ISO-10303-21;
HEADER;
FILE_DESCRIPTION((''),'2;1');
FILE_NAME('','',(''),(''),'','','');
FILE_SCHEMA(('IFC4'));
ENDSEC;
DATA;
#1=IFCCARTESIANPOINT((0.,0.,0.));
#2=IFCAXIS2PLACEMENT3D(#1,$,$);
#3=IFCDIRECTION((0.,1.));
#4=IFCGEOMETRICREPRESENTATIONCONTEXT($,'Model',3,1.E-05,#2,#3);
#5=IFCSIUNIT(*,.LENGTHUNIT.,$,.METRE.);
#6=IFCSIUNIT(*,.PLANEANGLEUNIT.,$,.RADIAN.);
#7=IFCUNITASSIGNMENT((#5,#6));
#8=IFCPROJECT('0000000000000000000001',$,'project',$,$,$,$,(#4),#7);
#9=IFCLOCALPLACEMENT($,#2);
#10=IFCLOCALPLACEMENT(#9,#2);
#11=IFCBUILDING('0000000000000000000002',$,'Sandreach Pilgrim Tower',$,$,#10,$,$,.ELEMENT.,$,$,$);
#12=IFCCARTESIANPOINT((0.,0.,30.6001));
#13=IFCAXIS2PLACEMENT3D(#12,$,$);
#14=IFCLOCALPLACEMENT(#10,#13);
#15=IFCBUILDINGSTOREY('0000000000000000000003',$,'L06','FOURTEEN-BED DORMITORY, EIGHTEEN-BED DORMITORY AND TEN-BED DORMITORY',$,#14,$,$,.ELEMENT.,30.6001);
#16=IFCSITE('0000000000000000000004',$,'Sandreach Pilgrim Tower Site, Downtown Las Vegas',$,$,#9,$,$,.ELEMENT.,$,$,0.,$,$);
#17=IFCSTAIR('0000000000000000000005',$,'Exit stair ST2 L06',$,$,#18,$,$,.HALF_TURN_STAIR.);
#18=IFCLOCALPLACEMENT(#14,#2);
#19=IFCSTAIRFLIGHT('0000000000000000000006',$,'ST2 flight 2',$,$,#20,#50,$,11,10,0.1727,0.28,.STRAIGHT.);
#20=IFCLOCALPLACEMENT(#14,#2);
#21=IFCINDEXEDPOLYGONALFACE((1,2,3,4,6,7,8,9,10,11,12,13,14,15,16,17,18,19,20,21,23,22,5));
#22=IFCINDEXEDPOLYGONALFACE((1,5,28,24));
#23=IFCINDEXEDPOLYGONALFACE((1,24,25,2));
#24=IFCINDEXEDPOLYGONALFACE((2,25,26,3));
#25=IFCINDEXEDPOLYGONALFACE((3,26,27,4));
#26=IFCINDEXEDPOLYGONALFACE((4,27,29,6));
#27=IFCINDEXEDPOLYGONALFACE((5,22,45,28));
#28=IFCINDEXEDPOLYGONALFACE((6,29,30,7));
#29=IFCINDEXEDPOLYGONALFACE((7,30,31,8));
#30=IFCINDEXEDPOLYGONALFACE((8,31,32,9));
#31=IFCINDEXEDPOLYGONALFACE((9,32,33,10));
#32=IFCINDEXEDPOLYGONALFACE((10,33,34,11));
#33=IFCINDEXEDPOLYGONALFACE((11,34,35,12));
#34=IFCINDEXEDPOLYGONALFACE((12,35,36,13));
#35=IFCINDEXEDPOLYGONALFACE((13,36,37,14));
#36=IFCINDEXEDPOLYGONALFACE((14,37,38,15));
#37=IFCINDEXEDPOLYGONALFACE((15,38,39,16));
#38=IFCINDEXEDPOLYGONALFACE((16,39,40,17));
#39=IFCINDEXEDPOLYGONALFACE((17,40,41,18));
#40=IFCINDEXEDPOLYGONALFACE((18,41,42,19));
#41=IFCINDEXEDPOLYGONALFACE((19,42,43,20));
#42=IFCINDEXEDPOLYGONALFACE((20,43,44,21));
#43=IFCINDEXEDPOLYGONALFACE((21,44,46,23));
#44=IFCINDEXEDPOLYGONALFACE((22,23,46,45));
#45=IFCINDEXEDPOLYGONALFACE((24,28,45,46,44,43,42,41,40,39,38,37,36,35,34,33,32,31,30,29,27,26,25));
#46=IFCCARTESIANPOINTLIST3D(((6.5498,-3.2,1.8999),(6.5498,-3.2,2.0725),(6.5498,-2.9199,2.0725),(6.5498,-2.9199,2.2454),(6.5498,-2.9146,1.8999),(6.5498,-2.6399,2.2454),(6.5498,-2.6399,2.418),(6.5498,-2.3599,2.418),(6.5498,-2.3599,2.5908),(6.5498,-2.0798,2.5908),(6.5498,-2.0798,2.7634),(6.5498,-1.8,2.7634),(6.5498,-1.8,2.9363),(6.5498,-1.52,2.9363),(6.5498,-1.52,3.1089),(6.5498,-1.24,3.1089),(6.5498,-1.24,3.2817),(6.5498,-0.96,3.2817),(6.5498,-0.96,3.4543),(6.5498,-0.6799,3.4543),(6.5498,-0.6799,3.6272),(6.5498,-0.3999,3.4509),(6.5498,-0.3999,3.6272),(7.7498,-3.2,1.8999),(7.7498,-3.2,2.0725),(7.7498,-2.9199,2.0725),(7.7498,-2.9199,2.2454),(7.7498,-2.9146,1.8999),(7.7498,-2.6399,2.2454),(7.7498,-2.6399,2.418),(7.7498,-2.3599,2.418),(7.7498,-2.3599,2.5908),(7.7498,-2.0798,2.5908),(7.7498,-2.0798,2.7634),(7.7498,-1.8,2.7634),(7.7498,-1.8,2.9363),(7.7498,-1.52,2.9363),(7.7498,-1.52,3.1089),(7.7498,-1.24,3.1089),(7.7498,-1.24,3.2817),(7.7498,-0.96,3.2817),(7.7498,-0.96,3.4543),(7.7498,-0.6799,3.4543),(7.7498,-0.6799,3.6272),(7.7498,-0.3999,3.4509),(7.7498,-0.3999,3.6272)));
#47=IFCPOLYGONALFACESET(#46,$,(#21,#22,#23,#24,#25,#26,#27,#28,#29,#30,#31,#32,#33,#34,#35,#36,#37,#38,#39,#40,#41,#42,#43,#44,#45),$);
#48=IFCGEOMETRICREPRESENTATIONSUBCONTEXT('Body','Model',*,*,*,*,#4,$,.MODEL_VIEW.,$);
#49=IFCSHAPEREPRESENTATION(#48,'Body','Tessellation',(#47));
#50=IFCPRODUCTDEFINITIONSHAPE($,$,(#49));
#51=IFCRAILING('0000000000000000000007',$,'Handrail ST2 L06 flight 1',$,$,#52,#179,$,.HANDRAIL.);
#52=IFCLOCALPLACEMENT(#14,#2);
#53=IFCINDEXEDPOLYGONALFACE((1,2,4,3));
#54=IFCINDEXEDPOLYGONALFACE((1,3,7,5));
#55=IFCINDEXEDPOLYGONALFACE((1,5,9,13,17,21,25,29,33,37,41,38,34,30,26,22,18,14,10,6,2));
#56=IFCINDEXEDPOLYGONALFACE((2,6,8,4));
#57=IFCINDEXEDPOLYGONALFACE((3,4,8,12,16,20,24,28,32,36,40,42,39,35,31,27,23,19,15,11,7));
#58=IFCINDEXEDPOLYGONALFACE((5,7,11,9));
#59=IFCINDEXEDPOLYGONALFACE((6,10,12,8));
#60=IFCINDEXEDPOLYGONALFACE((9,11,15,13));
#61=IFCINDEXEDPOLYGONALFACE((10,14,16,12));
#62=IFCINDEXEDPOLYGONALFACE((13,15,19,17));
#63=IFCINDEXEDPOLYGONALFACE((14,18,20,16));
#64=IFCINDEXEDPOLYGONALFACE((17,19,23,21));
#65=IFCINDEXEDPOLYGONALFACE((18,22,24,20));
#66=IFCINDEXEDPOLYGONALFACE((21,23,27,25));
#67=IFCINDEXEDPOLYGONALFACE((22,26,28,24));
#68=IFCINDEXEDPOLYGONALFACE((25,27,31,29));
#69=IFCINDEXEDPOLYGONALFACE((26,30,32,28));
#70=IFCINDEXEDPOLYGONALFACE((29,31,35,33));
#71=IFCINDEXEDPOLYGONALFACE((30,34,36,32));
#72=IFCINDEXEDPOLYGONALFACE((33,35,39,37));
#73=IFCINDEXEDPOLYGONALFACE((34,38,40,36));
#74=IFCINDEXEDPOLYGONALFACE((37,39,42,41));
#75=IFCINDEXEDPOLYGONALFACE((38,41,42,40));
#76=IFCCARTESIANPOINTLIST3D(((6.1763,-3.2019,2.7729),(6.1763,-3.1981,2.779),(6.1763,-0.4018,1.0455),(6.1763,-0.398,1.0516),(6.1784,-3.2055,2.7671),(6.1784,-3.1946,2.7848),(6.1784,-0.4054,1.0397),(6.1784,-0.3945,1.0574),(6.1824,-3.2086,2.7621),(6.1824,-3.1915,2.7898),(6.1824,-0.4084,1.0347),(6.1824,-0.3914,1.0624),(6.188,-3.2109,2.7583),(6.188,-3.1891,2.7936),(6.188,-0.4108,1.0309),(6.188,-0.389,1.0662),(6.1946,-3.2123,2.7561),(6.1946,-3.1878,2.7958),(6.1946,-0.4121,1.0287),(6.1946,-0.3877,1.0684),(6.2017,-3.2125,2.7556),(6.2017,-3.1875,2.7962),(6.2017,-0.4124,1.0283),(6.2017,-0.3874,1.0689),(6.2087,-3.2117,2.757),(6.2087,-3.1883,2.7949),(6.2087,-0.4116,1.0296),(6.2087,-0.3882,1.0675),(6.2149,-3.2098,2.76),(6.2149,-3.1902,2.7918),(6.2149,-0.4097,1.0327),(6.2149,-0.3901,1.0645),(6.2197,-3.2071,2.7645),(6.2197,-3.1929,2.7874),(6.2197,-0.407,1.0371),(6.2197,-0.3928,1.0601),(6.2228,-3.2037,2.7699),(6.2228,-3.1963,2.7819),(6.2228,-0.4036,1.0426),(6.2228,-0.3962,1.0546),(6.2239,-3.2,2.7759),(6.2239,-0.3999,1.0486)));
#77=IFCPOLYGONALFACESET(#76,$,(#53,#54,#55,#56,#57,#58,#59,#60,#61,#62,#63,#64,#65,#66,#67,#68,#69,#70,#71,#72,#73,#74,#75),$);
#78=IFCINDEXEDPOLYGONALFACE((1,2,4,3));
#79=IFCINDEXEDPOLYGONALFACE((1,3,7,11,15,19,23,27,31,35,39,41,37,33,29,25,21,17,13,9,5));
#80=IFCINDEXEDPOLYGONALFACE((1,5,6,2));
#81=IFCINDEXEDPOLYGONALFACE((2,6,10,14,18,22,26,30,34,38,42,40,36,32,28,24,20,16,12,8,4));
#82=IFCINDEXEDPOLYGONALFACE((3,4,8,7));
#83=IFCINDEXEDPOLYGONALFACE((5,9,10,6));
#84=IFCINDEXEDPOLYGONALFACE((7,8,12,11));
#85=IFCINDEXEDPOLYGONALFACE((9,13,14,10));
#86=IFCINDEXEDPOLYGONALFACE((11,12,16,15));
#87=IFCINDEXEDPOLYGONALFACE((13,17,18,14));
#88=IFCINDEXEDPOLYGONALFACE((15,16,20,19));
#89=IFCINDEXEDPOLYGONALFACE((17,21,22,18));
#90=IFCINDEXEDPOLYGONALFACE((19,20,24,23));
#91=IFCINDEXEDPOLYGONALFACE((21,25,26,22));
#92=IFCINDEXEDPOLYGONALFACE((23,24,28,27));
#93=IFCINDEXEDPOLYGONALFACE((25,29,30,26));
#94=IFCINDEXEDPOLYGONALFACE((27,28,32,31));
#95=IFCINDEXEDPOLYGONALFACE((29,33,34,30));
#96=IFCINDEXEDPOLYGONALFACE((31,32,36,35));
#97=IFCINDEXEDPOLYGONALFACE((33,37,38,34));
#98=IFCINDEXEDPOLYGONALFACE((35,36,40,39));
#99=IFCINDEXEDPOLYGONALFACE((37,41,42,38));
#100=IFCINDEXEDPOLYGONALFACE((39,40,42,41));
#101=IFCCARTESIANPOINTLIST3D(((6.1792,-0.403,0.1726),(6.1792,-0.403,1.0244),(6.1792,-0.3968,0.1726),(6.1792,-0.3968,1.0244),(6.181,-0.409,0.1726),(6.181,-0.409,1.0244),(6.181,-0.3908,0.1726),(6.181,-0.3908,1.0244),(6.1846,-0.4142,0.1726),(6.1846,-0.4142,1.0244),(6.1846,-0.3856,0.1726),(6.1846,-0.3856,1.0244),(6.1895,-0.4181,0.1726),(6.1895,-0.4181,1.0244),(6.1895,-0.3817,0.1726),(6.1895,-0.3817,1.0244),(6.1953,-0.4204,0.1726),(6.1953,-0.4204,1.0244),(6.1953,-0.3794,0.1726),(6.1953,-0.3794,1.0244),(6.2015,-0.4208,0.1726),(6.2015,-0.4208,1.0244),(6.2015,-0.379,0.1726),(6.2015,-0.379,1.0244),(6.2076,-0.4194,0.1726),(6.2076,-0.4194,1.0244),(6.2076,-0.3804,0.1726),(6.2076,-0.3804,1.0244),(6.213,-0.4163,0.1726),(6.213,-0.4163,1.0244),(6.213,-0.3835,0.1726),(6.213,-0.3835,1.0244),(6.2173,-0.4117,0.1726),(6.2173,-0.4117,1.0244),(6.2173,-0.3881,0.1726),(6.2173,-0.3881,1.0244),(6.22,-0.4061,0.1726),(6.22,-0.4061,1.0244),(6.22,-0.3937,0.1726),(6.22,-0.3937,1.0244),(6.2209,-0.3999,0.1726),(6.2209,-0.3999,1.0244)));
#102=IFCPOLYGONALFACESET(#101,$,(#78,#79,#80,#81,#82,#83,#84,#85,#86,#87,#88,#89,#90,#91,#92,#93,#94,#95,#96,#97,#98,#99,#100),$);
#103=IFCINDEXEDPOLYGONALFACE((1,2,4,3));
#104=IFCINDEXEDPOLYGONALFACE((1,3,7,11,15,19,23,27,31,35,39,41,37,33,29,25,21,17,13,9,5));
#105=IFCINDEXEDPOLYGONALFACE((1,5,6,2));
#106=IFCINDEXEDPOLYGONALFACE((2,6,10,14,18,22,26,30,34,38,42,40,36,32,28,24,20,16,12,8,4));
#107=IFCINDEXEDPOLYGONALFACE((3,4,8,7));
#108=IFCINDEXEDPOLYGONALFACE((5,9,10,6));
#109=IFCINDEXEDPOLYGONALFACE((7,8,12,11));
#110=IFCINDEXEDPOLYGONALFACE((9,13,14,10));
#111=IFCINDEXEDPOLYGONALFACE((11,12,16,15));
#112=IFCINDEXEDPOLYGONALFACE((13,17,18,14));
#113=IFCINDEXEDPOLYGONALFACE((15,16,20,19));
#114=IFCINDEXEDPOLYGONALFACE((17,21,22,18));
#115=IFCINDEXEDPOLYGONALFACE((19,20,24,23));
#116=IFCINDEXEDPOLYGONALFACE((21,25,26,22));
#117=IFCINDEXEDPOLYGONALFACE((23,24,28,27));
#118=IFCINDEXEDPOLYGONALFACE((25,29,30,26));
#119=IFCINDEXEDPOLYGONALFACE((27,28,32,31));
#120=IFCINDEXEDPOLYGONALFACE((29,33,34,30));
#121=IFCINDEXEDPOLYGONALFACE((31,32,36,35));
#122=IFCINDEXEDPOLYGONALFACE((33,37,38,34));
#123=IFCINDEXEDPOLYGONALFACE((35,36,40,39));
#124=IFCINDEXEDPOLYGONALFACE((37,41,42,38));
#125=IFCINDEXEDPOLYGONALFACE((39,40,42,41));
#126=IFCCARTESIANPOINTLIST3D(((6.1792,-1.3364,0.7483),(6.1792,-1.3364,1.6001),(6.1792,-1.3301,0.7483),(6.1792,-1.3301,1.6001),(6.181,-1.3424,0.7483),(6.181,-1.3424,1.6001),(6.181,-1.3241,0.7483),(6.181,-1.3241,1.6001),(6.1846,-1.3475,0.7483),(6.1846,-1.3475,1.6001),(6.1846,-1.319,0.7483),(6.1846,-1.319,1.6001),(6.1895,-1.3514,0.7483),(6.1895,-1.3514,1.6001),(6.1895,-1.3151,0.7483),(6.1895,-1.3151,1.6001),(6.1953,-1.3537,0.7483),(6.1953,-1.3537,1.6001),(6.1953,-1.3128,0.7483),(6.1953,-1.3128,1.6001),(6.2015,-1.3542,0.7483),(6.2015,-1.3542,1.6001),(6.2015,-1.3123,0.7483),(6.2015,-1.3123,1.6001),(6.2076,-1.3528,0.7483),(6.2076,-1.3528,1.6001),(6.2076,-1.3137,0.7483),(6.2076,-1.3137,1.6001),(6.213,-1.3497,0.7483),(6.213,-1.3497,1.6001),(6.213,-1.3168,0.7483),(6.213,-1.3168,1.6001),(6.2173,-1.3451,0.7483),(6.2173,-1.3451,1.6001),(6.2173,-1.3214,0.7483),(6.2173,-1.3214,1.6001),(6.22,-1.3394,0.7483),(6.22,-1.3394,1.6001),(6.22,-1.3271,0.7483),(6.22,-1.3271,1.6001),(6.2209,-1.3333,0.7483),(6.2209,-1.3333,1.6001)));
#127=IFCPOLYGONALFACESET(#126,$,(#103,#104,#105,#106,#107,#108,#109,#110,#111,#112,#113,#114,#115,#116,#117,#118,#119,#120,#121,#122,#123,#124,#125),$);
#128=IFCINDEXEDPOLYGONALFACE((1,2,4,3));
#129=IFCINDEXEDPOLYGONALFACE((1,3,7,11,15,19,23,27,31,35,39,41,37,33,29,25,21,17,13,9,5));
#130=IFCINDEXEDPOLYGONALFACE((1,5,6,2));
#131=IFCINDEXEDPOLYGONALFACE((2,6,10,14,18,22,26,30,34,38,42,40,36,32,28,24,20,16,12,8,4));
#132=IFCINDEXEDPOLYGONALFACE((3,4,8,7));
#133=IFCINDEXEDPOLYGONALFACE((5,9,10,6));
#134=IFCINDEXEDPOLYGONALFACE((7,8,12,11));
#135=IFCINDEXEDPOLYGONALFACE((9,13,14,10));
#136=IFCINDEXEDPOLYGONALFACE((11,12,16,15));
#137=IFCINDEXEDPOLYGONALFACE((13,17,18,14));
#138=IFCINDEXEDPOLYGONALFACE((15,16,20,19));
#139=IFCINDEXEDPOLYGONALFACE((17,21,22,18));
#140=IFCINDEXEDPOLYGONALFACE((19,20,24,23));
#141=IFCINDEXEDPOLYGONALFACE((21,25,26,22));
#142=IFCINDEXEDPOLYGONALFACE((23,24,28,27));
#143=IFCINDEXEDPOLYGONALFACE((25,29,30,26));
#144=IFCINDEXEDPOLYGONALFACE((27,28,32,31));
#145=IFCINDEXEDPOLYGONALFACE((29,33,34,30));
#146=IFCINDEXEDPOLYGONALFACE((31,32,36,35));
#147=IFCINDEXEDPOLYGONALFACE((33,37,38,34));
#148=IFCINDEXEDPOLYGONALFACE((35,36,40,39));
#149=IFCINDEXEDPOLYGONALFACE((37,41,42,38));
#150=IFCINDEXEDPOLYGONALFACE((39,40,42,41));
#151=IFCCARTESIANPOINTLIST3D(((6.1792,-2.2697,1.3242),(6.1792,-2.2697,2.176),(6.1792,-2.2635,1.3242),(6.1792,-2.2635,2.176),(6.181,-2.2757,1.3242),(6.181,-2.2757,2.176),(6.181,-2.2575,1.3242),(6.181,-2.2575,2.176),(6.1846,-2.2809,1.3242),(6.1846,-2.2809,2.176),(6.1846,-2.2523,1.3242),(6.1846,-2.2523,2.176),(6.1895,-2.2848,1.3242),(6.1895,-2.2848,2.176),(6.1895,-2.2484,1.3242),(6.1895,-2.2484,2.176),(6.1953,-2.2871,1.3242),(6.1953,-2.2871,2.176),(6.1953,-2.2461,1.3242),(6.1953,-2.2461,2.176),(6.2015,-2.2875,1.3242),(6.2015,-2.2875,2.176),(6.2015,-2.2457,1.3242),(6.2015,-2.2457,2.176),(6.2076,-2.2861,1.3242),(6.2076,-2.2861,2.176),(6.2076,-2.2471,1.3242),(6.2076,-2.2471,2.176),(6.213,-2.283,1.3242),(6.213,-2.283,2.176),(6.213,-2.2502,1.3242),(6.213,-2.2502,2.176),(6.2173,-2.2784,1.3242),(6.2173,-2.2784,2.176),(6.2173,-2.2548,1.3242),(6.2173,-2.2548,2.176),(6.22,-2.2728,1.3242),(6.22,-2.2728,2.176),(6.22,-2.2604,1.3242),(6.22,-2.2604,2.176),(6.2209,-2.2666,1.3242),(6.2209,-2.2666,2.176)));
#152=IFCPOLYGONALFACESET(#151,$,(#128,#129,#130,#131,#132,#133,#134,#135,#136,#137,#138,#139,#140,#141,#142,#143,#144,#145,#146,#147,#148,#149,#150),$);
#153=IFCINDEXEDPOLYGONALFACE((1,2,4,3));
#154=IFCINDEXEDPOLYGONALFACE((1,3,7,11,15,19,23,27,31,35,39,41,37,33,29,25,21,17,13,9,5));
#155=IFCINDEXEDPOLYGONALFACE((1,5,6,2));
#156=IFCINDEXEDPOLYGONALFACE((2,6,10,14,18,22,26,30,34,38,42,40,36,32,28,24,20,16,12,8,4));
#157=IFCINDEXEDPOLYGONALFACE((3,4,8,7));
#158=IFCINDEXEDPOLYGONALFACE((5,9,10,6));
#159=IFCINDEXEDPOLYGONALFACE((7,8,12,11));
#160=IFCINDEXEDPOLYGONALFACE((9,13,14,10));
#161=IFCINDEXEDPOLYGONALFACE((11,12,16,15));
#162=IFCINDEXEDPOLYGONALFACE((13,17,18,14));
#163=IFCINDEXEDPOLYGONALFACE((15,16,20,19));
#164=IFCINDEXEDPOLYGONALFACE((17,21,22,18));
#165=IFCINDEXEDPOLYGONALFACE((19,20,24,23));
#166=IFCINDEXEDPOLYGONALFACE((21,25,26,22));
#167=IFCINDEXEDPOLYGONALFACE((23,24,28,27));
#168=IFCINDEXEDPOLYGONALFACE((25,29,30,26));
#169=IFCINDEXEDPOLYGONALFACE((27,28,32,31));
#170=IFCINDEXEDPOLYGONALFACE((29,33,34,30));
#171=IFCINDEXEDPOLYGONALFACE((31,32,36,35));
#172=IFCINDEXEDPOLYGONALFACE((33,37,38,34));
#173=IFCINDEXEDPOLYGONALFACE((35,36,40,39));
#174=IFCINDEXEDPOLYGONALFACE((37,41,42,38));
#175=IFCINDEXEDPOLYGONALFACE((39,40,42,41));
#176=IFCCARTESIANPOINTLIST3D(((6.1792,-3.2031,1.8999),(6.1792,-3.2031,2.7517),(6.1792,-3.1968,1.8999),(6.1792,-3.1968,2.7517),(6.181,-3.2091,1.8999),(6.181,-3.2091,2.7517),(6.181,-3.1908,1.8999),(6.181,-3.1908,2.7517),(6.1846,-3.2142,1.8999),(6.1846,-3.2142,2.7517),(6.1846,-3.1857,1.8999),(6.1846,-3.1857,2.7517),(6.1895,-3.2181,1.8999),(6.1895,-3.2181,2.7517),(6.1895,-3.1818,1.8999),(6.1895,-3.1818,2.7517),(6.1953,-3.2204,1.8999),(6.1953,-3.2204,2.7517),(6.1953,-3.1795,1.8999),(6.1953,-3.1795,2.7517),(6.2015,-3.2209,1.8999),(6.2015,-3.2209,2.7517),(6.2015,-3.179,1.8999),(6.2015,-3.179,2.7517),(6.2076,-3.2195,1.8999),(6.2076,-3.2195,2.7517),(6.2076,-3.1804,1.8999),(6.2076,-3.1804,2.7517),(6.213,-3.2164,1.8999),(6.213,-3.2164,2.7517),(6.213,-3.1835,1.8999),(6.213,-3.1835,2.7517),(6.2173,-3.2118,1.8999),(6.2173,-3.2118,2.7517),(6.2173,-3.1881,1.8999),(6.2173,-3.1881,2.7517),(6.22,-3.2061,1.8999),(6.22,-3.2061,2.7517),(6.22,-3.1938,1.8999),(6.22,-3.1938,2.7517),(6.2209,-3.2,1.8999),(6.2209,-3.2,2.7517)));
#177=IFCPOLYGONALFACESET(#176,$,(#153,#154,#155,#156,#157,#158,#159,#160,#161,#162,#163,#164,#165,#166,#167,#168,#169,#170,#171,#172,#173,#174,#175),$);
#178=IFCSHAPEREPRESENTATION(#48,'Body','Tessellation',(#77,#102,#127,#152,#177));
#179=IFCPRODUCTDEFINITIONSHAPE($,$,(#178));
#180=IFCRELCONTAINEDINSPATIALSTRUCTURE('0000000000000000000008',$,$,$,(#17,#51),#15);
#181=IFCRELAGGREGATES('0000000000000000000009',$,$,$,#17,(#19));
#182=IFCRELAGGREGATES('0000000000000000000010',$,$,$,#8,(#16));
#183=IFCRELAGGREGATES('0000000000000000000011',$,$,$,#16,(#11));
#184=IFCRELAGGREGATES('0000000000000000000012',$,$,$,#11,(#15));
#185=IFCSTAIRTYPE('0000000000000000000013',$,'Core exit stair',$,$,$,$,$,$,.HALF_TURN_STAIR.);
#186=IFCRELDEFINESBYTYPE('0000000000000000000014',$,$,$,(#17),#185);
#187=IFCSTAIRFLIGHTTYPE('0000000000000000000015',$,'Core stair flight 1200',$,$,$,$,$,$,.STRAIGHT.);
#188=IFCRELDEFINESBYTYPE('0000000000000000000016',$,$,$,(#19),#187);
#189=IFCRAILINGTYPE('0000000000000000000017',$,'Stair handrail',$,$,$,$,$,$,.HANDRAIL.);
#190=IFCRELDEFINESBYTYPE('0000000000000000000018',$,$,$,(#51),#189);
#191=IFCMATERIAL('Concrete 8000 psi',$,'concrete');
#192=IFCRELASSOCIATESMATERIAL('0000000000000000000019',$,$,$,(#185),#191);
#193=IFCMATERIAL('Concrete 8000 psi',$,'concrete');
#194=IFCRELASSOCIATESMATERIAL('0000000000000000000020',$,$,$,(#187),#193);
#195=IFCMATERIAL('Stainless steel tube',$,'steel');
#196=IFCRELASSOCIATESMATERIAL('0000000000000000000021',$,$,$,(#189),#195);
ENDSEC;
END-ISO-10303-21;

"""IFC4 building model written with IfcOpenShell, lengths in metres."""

from ifc_helpers import new_model, si_unit, direction, frame, origin, origin_2d, place, context, subcontext, project, spatial, polyline, circle, outline, extrude, material, type_object, element, aggregate, save


model = new_model("IFC4")

# Units and contexts
model_context = context("Model", 3, precision=1e-05, world=origin(), true_north=direction((0.0, 1.0)))
body_context = subcontext(model_context, "Body", "Model", "MODEL_VIEW")
ifc_project = project(units=[si_unit("LENGTHUNIT", "METRE"), si_unit("PLANEANGLEUNIT", "RADIAN")], contexts=[model_context])

# Site, building, storey
site_placement = place(None, origin())
site = spatial("IfcSite", under=ifc_project, at=site_placement, Name="Sandreach Pilgrim Tower Site, Downtown Las Vegas", CompositionType="ELEMENT", RefElevation=0.0)
building_placement = place(site_placement, origin())
building = spatial("IfcBuilding", under=site, at=building_placement, Name="Sandreach Pilgrim Tower", CompositionType="ELEMENT")
storey_placement = place(building_placement, frame((0.0, 0.0, 30.6001)))
storey = spatial("IfcBuildingStorey", under=building, at=storey_placement, Name="L06", Description="FOURTEEN-BED DORMITORY, EIGHTEEN-BED DORMITORY AND TEN-BED DORMITORY", CompositionType="ELEMENT", Elevation=30.6001)

# Stair, stair flight
ifc_material_1 = material(Name="Concrete 8000 psi", Category="concrete")
stair_type = type_object("IfcStairType", Name="Core exit stair", PredefinedType="HALF_TURN_STAIR", material=ifc_material_1)
stair_placement = place(storey_placement, origin())
stair = element("IfcStair", 1, at=stair_placement, inside=storey, type_object=stair_type, Name="Exit stair ST2 L06", PredefinedType="HALF_TURN_STAIR")
ifc_material_2 = material(Name="Concrete 8000 psi", Category="concrete")
stair_flight_type = type_object("IfcStairFlightType", Name="Core stair flight 1200", PredefinedType="STRAIGHT", material=ifc_material_2)
stair_flight_placement = place(storey_placement, frame((7.1499, -3.2, 1.8999), z_axis=(0.0, 0.0, 1.0), x_axis=(0.0, 1.0, 0.0)))
stair_flight = element("IfcStairFlight", 2, at=stair_flight_placement, type_object=stair_flight_type, Name="ST2 flight 2", NumberOfRisers=11, NumberOfTreads=10, PredefinedType="STRAIGHT", RiserHeight=0.1727, TreadLength=0.28, context=body_context, shape_type="SweptSolid", body=[
    extrude(outline(polyline([(0.0, 0.0), (0.0, 0.1726), (0.28, 0.1726), (0.28, 0.3455), (0.5601, 0.3455), (0.5601, 0.5181), (0.8401, 0.5181), (0.8401, 0.6909), (1.1201, 0.6909), (1.1201, 0.8635), (1.3999, 0.8635), (1.3999, 1.0364), (1.6799, 1.0364), (1.6799, 1.209), (1.96, 1.209), (1.96, 1.3818), (2.24, 1.3818), (2.24, 1.5544), (2.52, 1.5544), (2.52, 1.7273), (2.8, 1.7273), (2.8, 1.8999), (2.8, 1.551), (0.2854, 0.0), (0.0, 0.0)])), frame((0.0, 0.6001, 0.0), z_axis=(0.0, -1.0, 0.0), x_axis=(1.0, 0.0, 0.0)), (0.0, 0.0, 1.0), 1.2),
])
aggregate(stair, [stair_flight])

# Railing
ifc_material_3 = material(Name="Stainless steel tube", Category="steel")
railing_type = type_object("IfcRailingType", Name="Stair handrail", PredefinedType="HANDRAIL", material=ifc_material_3)
railing_placement = place(storey_placement, frame((6.2, -0.3999, 0.1726)))
element("IfcRailing", 3, at=railing_placement, inside=storey, type_object=railing_type, Name="Handrail ST2 L06 flight 1", PredefinedType="HANDRAIL", context=body_context, shape_type="SweptSolid", body=[
    extrude(circle(Radius=0.0239, at=origin_2d()), frame((0.0, 0.0, 0.876), z_axis=(0.0, -0.85109, 0.52502), x_axis=(1.0, 0.0, 0.0)), (0.0, 0.0, 1.0), 3.29),
    extrude(circle(Radius=0.021, at=origin_2d()), origin(), (0.0, 0.0, 1.0), 0.8518),
    extrude(circle(Radius=0.021, at=origin_2d()), frame((0.0, -0.9333, 0.5757)), (0.0, 0.0, 1.0), 0.8518),
    extrude(circle(Radius=0.021, at=origin_2d()), frame((0.0, -1.8667, 1.1516)), (0.0, 0.0, 1.0), 0.8518),
    extrude(circle(Radius=0.021, at=origin_2d()), frame((0.0, -2.8, 1.7273)), (0.0, 0.0, 1.0), 0.8518),
])

save(model, "model.ifc")
